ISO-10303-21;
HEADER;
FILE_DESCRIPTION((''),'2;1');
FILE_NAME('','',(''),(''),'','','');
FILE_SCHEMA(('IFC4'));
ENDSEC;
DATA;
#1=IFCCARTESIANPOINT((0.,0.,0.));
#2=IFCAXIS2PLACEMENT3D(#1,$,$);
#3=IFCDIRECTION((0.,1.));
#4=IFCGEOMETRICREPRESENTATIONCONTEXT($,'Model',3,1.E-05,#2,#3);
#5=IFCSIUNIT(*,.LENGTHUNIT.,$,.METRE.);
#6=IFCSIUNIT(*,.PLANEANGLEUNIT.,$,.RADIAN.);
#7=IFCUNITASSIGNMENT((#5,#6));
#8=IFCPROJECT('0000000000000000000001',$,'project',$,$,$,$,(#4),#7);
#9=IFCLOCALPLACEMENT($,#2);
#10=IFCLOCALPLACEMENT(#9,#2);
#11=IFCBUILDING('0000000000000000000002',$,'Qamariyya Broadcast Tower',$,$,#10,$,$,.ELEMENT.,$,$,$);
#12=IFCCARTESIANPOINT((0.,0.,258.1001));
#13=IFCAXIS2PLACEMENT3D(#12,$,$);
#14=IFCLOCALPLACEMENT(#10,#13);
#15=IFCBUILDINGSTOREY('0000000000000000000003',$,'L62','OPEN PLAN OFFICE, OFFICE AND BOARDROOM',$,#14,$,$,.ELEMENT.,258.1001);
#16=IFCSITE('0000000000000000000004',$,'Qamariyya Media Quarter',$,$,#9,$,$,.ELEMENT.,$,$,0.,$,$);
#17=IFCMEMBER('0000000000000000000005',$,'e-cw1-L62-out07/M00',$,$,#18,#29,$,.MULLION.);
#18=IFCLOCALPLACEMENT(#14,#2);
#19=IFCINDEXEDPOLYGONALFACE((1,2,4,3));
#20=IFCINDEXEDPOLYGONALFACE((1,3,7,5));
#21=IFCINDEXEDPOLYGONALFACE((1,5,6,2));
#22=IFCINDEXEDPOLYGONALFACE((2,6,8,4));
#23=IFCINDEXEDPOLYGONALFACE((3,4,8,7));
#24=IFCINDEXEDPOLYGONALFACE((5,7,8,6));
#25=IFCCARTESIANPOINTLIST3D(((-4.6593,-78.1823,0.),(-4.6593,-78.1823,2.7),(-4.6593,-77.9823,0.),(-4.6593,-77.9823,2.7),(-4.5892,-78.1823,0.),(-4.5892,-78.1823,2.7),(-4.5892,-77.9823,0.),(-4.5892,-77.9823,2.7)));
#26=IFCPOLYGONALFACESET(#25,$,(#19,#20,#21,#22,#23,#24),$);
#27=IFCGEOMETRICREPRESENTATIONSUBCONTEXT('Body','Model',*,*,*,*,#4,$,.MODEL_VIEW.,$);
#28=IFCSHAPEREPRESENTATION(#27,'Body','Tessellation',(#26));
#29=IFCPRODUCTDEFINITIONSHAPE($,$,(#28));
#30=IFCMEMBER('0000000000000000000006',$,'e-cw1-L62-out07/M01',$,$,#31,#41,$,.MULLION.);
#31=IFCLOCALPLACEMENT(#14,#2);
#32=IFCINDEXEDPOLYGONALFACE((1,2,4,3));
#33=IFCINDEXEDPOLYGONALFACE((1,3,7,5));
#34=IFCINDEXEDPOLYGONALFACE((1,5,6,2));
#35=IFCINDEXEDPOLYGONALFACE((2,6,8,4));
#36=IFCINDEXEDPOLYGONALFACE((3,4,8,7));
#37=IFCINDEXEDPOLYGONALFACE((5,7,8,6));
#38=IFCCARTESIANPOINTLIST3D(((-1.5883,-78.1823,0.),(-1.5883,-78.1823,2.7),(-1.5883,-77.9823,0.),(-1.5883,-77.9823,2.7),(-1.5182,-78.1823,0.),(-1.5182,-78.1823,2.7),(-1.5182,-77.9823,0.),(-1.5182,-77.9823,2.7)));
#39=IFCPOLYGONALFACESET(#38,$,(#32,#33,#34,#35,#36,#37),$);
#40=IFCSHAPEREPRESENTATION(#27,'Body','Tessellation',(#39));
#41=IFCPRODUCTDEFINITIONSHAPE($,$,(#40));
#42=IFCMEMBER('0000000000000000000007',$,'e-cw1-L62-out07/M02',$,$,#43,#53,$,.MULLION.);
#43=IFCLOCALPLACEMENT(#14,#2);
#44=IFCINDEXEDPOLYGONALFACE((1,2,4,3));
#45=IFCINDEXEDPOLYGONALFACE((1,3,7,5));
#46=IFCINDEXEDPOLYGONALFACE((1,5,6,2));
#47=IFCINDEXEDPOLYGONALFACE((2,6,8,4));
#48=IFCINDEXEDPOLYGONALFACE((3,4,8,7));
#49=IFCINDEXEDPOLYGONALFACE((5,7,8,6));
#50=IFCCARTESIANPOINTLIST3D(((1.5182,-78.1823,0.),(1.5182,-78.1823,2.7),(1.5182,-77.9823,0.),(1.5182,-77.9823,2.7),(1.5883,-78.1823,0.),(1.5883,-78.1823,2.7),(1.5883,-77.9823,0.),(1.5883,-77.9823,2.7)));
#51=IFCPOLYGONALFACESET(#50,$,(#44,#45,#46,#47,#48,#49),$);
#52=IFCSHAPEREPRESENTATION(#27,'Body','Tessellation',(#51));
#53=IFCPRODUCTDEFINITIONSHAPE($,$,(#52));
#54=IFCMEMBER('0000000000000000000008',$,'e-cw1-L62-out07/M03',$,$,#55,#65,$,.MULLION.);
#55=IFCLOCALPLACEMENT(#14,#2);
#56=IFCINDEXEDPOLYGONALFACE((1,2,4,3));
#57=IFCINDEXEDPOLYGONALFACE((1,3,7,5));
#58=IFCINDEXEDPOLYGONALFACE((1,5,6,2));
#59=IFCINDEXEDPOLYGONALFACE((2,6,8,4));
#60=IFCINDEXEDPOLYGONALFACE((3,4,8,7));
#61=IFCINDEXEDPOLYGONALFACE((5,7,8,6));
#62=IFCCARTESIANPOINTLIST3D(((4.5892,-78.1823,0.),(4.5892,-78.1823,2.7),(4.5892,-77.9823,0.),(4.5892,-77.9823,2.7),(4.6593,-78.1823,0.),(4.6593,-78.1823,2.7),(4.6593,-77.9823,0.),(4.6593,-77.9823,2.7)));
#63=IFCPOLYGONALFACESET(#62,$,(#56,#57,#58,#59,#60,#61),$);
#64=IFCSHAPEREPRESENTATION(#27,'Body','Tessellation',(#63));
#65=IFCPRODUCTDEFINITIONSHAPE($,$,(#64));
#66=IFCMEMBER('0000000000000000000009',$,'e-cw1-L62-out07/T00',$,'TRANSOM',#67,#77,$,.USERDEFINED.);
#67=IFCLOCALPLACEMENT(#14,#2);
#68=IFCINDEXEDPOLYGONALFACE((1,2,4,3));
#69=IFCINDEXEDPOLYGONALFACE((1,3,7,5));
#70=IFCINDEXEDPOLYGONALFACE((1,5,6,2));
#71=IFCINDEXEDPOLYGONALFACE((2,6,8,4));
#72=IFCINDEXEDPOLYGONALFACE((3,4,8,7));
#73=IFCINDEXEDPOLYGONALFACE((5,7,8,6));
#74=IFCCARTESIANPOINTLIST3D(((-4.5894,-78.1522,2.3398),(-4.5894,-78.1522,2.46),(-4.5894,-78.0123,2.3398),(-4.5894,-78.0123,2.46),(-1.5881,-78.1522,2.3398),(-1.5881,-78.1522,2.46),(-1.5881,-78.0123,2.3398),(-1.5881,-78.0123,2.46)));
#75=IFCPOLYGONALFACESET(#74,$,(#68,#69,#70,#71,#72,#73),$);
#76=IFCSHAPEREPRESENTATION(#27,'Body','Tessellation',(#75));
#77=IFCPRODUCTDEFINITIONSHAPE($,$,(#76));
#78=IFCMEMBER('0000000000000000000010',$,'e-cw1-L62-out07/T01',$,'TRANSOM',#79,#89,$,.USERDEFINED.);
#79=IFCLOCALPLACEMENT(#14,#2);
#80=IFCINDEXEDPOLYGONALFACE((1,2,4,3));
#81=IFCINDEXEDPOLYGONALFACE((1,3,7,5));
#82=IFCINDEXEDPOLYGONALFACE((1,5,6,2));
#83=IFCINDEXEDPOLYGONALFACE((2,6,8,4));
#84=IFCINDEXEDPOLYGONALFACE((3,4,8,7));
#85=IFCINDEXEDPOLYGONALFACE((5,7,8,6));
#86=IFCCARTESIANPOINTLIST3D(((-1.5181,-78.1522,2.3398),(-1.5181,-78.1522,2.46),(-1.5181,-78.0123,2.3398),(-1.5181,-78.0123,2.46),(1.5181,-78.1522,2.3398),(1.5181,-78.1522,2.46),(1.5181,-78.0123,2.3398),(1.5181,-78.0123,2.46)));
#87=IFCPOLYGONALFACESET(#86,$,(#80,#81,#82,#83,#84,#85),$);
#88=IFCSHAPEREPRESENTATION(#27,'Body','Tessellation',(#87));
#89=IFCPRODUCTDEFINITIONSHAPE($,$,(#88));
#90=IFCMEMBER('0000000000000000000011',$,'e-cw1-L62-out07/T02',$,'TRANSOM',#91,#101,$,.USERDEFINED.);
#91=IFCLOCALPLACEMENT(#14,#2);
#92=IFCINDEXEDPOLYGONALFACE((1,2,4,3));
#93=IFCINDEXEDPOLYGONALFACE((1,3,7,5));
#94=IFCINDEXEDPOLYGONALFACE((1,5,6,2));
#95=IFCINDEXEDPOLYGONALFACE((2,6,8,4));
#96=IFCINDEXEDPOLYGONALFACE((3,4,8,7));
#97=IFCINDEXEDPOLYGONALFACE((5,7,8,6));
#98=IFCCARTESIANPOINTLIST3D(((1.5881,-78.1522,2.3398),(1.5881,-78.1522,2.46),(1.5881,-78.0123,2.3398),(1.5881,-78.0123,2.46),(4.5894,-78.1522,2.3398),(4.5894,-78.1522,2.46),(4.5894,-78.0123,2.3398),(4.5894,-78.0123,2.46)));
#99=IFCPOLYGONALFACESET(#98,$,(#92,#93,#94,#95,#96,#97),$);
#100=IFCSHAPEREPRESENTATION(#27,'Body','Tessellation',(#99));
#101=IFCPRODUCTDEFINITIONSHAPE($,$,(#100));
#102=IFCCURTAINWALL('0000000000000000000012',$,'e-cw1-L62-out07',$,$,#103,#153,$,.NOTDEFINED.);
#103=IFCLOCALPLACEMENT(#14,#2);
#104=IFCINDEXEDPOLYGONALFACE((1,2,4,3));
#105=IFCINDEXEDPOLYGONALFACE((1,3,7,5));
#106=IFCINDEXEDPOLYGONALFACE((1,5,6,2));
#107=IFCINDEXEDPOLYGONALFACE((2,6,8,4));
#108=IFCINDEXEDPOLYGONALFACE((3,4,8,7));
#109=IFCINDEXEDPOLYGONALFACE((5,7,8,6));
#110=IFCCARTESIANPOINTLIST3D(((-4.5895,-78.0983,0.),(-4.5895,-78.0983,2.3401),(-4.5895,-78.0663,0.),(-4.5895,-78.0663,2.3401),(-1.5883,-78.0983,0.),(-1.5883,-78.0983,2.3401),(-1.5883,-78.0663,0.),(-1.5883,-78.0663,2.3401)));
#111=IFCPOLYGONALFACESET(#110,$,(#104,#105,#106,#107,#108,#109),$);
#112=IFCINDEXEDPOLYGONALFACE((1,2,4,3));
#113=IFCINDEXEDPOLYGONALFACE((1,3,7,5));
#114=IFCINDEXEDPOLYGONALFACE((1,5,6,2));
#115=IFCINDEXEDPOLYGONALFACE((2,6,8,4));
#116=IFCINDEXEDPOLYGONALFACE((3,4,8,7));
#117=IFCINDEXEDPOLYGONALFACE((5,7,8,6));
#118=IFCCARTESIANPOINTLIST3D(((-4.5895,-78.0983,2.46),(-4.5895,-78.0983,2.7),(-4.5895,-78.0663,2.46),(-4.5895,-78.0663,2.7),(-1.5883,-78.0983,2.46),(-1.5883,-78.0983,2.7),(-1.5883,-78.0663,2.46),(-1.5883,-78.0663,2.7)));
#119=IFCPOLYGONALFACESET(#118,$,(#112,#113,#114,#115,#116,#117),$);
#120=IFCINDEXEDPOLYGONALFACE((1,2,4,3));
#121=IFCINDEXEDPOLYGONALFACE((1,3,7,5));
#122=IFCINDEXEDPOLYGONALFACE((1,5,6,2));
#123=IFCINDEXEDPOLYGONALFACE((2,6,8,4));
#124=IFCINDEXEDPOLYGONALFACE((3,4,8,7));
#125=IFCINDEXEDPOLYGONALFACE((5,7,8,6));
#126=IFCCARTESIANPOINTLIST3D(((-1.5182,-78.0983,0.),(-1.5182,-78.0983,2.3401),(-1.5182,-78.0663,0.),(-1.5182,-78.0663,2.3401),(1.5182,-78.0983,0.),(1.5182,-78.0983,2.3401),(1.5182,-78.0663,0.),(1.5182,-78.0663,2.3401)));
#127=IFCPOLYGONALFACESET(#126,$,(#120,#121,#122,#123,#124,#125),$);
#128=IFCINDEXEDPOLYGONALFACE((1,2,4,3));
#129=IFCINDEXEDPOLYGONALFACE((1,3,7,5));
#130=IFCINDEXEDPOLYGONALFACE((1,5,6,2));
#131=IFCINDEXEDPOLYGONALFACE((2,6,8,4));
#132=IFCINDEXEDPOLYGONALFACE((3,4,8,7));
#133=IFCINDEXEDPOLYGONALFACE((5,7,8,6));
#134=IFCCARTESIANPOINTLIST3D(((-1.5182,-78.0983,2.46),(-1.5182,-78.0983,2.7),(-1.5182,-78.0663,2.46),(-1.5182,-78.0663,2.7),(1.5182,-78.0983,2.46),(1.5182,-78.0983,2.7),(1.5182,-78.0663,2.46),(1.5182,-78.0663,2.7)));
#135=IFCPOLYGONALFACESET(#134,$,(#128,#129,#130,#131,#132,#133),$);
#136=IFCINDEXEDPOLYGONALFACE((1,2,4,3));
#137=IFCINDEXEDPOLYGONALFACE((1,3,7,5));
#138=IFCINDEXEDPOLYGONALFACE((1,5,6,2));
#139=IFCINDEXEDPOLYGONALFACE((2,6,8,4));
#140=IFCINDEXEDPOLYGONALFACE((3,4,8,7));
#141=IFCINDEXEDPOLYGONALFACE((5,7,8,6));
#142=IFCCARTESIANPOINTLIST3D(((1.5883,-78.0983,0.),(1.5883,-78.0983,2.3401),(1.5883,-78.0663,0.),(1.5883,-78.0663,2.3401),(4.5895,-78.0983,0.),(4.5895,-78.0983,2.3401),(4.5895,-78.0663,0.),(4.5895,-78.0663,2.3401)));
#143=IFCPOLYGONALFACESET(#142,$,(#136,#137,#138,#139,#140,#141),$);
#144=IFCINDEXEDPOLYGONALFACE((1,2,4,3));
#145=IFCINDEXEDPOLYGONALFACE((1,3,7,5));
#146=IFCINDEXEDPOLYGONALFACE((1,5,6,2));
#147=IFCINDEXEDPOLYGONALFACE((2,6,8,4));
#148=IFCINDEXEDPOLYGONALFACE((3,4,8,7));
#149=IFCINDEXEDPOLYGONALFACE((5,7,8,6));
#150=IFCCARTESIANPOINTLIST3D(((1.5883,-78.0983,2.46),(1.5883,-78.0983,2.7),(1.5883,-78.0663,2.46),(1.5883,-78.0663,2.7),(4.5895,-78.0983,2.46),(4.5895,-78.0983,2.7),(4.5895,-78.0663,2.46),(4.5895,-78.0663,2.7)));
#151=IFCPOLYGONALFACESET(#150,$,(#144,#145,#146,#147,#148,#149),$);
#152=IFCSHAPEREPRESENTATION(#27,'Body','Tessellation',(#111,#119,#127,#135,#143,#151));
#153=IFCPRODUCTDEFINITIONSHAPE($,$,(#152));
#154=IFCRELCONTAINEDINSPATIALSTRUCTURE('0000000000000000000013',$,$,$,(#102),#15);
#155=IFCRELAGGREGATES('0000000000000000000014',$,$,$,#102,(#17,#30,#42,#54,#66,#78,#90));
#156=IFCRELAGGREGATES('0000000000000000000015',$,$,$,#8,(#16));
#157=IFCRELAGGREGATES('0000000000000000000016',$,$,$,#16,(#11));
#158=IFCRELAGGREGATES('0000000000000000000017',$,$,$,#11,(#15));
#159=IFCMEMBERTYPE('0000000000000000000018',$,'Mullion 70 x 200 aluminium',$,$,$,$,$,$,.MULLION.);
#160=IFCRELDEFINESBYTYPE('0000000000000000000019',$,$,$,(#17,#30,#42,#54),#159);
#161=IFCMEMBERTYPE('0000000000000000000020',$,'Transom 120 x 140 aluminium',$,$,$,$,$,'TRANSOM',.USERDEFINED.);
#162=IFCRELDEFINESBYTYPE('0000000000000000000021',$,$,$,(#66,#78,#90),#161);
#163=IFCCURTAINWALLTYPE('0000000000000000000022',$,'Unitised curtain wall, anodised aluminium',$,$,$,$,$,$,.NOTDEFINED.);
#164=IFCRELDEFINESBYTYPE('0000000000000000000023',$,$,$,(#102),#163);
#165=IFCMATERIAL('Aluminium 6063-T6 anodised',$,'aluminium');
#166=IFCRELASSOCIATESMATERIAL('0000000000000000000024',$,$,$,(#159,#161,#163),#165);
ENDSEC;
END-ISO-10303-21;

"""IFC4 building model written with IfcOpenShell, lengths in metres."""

from ifc_helpers import new_model, si_unit, direction, frame, origin, origin_2d, place, context, subcontext, project, spatial, rectangle, extrude, material, material_profile, profile_set, type_object, element, aggregate, save


model = new_model("IFC4")

# Units and contexts
model_context = context("Model", 3, precision=1e-05, world=origin(), true_north=direction((0.0, 1.0)))
body_context = subcontext(model_context, "Body", "Model", "MODEL_VIEW")
ifc_project = project(units=[si_unit("LENGTHUNIT", "METRE"), si_unit("PLANEANGLEUNIT", "RADIAN")], contexts=[model_context])

# Members
ifc_material = material(Name="Aluminium 6063-T6 anodised", Category="aluminium")
ifc_material_profile_1 = material_profile(ifc_material, rectangle(XDim=0.2, YDim=0.0701, at=origin_2d()))
ifc_profile_set_1 = profile_set([ifc_material_profile_1], Name="Aluminium 6063-T6 anodised")
member_type_1 = type_object("IfcMemberType", Name="Mullion 70 x 200 aluminium", PredefinedType="MULLION", material=ifc_profile_set_1)
site_placement = place(None, origin())
building_placement = place(site_placement, origin())
storey_placement = place(building_placement, frame((0.0, 0.0, 258.1001)))
member_1_placement = place(storey_placement, frame((-4.6243, -78.0823, 0.0), z_axis=(0.0, 0.0, 1.0), x_axis=(0.0, 1.0, 0.0)))
member_1 = element("IfcMember", 1, at=member_1_placement, type_object=member_type_1, Name="e-cw1-L62-out07/M00", PredefinedType="MULLION", context=body_context, shape_type="SweptSolid", body=[
    extrude(rectangle(XDim=0.2, YDim=0.0701, at=origin_2d()), origin(), (0.0, 0.0, 1.0), 2.7),
])
member_2_placement = place(storey_placement, frame((-1.5532, -78.0823, 0.0), z_axis=(0.0, 0.0, 1.0), x_axis=(0.0, 1.0, 0.0)))
member_2 = element("IfcMember", 2, at=member_2_placement, type_object=member_type_1, Name="e-cw1-L62-out07/M01", PredefinedType="MULLION", context=body_context, shape_type="SweptSolid", body=[
    extrude(rectangle(XDim=0.2, YDim=0.0701, at=origin_2d()), origin(), (0.0, 0.0, 1.0), 2.7),
])
member_3_placement = place(storey_placement, frame((1.5532, -78.0823, 0.0), z_axis=(0.0, 0.0, 1.0), x_axis=(0.0, 1.0, 0.0)))
member_3 = element("IfcMember", 3, at=member_3_placement, type_object=member_type_1, Name="e-cw1-L62-out07/M02", PredefinedType="MULLION", context=body_context, shape_type="SweptSolid", body=[
    extrude(rectangle(XDim=0.2, YDim=0.0701, at=origin_2d()), origin(), (0.0, 0.0, 1.0), 2.7),
])
member_4_placement = place(storey_placement, frame((4.6243, -78.0823, 0.0), z_axis=(0.0, 0.0, 1.0), x_axis=(0.0, 1.0, 0.0)))
member_4 = element("IfcMember", 4, at=member_4_placement, type_object=member_type_1, Name="e-cw1-L62-out07/M03", PredefinedType="MULLION", context=body_context, shape_type="SweptSolid", body=[
    extrude(rectangle(XDim=0.2, YDim=0.0701, at=origin_2d()), origin(), (0.0, 0.0, 1.0), 2.7),
])
ifc_material_profile_2 = material_profile(ifc_material, rectangle(XDim=0.1399, YDim=0.1201, at=origin_2d()))
ifc_profile_set_2 = profile_set([ifc_material_profile_2], Name="Aluminium 6063-T6 anodised")
member_type_2 = type_object("IfcMemberType", Name="Transom 120 x 140 aluminium", ElementType="TRANSOM", PredefinedType="USERDEFINED", material=ifc_profile_set_2)
member_5_placement = place(storey_placement, frame((-4.5894, -78.0823, 2.3999), z_axis=(1.0, 0.0, 0.0), x_axis=(0.0, 1.0, 0.0)))
member_5 = element("IfcMember", 5, at=member_5_placement, type_object=member_type_2, Name="e-cw1-L62-out07/T00", ObjectType="TRANSOM", PredefinedType="USERDEFINED", context=body_context, shape_type="SweptSolid", body=[
    extrude(rectangle(XDim=0.1399, YDim=0.1201, at=origin_2d()), origin(), (0.0, 0.0, 1.0), 3.0012),
])
member_6_placement = place(storey_placement, frame((-1.5181, -78.0823, 2.3999), z_axis=(1.0, 0.0, 0.0), x_axis=(0.0, 1.0, 0.0)))
member_6 = element("IfcMember", 6, at=member_6_placement, type_object=member_type_2, Name="e-cw1-L62-out07/T01", ObjectType="TRANSOM", PredefinedType="USERDEFINED", context=body_context, shape_type="SweptSolid", body=[
    extrude(rectangle(XDim=0.1399, YDim=0.1201, at=origin_2d()), origin(), (0.0, 0.0, 1.0), 3.0361),
])
member_7_placement = place(storey_placement, frame((1.5881, -78.0823, 2.3999), z_axis=(1.0, 0.0, 0.0), x_axis=(0.0, 1.0, 0.0)))
member_7 = element("IfcMember", 7, at=member_7_placement, type_object=member_type_2, Name="e-cw1-L62-out07/T02", ObjectType="TRANSOM", PredefinedType="USERDEFINED", context=body_context, shape_type="SweptSolid", body=[
    extrude(rectangle(XDim=0.1399, YDim=0.1201, at=origin_2d()), origin(), (0.0, 0.0, 1.0), 3.0012),
])

# Site, building, storey
site = spatial("IfcSite", under=ifc_project, at=site_placement, Name="Qamariyya Media Quarter", CompositionType="ELEMENT", RefElevation=0.0)
building = spatial("IfcBuilding", under=site, at=building_placement, Name="Qamariyya Broadcast Tower", CompositionType="ELEMENT")
storey = spatial("IfcBuildingStorey", under=building, at=storey_placement, Name="L62", Description="OPEN PLAN OFFICE, OFFICE AND BOARDROOM", CompositionType="ELEMENT", Elevation=258.1001)

# Curtain wall
curtain_wall_type = type_object("IfcCurtainWallType", Name="Unitised curtain wall, anodised aluminium", PredefinedType="NOTDEFINED", material=ifc_material)
curtain_wall_1_placement = place(storey_placement, origin())
curtain_wall_1 = element("IfcCurtainWall", 8, at=curtain_wall_1_placement, inside=storey, type_object=curtain_wall_type, Name="e-cw1-L62-out07", PredefinedType="NOTDEFINED", context=body_context, shape_type="SweptSolid", body=[
    extrude(rectangle(XDim=3.0012, YDim=0.032, at=origin_2d()), frame((-3.0889, -78.0823, 0.0), x_axis=(1.0, 0.0, 0.0)), (0.0, 0.0, 1.0), 2.3401),
    extrude(rectangle(XDim=3.0012, YDim=0.032, at=origin_2d()), frame((-3.0889, -78.0823, 2.46), x_axis=(1.0, 0.0, 0.0)), (0.0, 0.0, 1.0), 0.24),
    extrude(rectangle(XDim=3.0364, YDim=0.032, at=origin_2d()), frame((0.0, -78.0823, 0.0), x_axis=(1.0, 0.0, 0.0)), (0.0, 0.0, 1.0), 2.3401),
    extrude(rectangle(XDim=3.0364, YDim=0.032, at=origin_2d()), frame((0.0, -78.0823, 2.46), x_axis=(1.0, 0.0, 0.0)), (0.0, 0.0, 1.0), 0.24),
    extrude(rectangle(XDim=3.0012, YDim=0.032, at=origin_2d()), frame((3.0889, -78.0823, 0.0), x_axis=(1.0, 0.0, 0.0)), (0.0, 0.0, 1.0), 2.3401),
    extrude(rectangle(XDim=3.0012, YDim=0.032, at=origin_2d()), frame((3.0889, -78.0823, 2.46), x_axis=(1.0, 0.0, 0.0)), (0.0, 0.0, 1.0), 0.24),
])
aggregate(curtain_wall_1, [member_1, member_2, member_3, member_4, member_5, member_6, member_7])

save(model, "model.ifc")
